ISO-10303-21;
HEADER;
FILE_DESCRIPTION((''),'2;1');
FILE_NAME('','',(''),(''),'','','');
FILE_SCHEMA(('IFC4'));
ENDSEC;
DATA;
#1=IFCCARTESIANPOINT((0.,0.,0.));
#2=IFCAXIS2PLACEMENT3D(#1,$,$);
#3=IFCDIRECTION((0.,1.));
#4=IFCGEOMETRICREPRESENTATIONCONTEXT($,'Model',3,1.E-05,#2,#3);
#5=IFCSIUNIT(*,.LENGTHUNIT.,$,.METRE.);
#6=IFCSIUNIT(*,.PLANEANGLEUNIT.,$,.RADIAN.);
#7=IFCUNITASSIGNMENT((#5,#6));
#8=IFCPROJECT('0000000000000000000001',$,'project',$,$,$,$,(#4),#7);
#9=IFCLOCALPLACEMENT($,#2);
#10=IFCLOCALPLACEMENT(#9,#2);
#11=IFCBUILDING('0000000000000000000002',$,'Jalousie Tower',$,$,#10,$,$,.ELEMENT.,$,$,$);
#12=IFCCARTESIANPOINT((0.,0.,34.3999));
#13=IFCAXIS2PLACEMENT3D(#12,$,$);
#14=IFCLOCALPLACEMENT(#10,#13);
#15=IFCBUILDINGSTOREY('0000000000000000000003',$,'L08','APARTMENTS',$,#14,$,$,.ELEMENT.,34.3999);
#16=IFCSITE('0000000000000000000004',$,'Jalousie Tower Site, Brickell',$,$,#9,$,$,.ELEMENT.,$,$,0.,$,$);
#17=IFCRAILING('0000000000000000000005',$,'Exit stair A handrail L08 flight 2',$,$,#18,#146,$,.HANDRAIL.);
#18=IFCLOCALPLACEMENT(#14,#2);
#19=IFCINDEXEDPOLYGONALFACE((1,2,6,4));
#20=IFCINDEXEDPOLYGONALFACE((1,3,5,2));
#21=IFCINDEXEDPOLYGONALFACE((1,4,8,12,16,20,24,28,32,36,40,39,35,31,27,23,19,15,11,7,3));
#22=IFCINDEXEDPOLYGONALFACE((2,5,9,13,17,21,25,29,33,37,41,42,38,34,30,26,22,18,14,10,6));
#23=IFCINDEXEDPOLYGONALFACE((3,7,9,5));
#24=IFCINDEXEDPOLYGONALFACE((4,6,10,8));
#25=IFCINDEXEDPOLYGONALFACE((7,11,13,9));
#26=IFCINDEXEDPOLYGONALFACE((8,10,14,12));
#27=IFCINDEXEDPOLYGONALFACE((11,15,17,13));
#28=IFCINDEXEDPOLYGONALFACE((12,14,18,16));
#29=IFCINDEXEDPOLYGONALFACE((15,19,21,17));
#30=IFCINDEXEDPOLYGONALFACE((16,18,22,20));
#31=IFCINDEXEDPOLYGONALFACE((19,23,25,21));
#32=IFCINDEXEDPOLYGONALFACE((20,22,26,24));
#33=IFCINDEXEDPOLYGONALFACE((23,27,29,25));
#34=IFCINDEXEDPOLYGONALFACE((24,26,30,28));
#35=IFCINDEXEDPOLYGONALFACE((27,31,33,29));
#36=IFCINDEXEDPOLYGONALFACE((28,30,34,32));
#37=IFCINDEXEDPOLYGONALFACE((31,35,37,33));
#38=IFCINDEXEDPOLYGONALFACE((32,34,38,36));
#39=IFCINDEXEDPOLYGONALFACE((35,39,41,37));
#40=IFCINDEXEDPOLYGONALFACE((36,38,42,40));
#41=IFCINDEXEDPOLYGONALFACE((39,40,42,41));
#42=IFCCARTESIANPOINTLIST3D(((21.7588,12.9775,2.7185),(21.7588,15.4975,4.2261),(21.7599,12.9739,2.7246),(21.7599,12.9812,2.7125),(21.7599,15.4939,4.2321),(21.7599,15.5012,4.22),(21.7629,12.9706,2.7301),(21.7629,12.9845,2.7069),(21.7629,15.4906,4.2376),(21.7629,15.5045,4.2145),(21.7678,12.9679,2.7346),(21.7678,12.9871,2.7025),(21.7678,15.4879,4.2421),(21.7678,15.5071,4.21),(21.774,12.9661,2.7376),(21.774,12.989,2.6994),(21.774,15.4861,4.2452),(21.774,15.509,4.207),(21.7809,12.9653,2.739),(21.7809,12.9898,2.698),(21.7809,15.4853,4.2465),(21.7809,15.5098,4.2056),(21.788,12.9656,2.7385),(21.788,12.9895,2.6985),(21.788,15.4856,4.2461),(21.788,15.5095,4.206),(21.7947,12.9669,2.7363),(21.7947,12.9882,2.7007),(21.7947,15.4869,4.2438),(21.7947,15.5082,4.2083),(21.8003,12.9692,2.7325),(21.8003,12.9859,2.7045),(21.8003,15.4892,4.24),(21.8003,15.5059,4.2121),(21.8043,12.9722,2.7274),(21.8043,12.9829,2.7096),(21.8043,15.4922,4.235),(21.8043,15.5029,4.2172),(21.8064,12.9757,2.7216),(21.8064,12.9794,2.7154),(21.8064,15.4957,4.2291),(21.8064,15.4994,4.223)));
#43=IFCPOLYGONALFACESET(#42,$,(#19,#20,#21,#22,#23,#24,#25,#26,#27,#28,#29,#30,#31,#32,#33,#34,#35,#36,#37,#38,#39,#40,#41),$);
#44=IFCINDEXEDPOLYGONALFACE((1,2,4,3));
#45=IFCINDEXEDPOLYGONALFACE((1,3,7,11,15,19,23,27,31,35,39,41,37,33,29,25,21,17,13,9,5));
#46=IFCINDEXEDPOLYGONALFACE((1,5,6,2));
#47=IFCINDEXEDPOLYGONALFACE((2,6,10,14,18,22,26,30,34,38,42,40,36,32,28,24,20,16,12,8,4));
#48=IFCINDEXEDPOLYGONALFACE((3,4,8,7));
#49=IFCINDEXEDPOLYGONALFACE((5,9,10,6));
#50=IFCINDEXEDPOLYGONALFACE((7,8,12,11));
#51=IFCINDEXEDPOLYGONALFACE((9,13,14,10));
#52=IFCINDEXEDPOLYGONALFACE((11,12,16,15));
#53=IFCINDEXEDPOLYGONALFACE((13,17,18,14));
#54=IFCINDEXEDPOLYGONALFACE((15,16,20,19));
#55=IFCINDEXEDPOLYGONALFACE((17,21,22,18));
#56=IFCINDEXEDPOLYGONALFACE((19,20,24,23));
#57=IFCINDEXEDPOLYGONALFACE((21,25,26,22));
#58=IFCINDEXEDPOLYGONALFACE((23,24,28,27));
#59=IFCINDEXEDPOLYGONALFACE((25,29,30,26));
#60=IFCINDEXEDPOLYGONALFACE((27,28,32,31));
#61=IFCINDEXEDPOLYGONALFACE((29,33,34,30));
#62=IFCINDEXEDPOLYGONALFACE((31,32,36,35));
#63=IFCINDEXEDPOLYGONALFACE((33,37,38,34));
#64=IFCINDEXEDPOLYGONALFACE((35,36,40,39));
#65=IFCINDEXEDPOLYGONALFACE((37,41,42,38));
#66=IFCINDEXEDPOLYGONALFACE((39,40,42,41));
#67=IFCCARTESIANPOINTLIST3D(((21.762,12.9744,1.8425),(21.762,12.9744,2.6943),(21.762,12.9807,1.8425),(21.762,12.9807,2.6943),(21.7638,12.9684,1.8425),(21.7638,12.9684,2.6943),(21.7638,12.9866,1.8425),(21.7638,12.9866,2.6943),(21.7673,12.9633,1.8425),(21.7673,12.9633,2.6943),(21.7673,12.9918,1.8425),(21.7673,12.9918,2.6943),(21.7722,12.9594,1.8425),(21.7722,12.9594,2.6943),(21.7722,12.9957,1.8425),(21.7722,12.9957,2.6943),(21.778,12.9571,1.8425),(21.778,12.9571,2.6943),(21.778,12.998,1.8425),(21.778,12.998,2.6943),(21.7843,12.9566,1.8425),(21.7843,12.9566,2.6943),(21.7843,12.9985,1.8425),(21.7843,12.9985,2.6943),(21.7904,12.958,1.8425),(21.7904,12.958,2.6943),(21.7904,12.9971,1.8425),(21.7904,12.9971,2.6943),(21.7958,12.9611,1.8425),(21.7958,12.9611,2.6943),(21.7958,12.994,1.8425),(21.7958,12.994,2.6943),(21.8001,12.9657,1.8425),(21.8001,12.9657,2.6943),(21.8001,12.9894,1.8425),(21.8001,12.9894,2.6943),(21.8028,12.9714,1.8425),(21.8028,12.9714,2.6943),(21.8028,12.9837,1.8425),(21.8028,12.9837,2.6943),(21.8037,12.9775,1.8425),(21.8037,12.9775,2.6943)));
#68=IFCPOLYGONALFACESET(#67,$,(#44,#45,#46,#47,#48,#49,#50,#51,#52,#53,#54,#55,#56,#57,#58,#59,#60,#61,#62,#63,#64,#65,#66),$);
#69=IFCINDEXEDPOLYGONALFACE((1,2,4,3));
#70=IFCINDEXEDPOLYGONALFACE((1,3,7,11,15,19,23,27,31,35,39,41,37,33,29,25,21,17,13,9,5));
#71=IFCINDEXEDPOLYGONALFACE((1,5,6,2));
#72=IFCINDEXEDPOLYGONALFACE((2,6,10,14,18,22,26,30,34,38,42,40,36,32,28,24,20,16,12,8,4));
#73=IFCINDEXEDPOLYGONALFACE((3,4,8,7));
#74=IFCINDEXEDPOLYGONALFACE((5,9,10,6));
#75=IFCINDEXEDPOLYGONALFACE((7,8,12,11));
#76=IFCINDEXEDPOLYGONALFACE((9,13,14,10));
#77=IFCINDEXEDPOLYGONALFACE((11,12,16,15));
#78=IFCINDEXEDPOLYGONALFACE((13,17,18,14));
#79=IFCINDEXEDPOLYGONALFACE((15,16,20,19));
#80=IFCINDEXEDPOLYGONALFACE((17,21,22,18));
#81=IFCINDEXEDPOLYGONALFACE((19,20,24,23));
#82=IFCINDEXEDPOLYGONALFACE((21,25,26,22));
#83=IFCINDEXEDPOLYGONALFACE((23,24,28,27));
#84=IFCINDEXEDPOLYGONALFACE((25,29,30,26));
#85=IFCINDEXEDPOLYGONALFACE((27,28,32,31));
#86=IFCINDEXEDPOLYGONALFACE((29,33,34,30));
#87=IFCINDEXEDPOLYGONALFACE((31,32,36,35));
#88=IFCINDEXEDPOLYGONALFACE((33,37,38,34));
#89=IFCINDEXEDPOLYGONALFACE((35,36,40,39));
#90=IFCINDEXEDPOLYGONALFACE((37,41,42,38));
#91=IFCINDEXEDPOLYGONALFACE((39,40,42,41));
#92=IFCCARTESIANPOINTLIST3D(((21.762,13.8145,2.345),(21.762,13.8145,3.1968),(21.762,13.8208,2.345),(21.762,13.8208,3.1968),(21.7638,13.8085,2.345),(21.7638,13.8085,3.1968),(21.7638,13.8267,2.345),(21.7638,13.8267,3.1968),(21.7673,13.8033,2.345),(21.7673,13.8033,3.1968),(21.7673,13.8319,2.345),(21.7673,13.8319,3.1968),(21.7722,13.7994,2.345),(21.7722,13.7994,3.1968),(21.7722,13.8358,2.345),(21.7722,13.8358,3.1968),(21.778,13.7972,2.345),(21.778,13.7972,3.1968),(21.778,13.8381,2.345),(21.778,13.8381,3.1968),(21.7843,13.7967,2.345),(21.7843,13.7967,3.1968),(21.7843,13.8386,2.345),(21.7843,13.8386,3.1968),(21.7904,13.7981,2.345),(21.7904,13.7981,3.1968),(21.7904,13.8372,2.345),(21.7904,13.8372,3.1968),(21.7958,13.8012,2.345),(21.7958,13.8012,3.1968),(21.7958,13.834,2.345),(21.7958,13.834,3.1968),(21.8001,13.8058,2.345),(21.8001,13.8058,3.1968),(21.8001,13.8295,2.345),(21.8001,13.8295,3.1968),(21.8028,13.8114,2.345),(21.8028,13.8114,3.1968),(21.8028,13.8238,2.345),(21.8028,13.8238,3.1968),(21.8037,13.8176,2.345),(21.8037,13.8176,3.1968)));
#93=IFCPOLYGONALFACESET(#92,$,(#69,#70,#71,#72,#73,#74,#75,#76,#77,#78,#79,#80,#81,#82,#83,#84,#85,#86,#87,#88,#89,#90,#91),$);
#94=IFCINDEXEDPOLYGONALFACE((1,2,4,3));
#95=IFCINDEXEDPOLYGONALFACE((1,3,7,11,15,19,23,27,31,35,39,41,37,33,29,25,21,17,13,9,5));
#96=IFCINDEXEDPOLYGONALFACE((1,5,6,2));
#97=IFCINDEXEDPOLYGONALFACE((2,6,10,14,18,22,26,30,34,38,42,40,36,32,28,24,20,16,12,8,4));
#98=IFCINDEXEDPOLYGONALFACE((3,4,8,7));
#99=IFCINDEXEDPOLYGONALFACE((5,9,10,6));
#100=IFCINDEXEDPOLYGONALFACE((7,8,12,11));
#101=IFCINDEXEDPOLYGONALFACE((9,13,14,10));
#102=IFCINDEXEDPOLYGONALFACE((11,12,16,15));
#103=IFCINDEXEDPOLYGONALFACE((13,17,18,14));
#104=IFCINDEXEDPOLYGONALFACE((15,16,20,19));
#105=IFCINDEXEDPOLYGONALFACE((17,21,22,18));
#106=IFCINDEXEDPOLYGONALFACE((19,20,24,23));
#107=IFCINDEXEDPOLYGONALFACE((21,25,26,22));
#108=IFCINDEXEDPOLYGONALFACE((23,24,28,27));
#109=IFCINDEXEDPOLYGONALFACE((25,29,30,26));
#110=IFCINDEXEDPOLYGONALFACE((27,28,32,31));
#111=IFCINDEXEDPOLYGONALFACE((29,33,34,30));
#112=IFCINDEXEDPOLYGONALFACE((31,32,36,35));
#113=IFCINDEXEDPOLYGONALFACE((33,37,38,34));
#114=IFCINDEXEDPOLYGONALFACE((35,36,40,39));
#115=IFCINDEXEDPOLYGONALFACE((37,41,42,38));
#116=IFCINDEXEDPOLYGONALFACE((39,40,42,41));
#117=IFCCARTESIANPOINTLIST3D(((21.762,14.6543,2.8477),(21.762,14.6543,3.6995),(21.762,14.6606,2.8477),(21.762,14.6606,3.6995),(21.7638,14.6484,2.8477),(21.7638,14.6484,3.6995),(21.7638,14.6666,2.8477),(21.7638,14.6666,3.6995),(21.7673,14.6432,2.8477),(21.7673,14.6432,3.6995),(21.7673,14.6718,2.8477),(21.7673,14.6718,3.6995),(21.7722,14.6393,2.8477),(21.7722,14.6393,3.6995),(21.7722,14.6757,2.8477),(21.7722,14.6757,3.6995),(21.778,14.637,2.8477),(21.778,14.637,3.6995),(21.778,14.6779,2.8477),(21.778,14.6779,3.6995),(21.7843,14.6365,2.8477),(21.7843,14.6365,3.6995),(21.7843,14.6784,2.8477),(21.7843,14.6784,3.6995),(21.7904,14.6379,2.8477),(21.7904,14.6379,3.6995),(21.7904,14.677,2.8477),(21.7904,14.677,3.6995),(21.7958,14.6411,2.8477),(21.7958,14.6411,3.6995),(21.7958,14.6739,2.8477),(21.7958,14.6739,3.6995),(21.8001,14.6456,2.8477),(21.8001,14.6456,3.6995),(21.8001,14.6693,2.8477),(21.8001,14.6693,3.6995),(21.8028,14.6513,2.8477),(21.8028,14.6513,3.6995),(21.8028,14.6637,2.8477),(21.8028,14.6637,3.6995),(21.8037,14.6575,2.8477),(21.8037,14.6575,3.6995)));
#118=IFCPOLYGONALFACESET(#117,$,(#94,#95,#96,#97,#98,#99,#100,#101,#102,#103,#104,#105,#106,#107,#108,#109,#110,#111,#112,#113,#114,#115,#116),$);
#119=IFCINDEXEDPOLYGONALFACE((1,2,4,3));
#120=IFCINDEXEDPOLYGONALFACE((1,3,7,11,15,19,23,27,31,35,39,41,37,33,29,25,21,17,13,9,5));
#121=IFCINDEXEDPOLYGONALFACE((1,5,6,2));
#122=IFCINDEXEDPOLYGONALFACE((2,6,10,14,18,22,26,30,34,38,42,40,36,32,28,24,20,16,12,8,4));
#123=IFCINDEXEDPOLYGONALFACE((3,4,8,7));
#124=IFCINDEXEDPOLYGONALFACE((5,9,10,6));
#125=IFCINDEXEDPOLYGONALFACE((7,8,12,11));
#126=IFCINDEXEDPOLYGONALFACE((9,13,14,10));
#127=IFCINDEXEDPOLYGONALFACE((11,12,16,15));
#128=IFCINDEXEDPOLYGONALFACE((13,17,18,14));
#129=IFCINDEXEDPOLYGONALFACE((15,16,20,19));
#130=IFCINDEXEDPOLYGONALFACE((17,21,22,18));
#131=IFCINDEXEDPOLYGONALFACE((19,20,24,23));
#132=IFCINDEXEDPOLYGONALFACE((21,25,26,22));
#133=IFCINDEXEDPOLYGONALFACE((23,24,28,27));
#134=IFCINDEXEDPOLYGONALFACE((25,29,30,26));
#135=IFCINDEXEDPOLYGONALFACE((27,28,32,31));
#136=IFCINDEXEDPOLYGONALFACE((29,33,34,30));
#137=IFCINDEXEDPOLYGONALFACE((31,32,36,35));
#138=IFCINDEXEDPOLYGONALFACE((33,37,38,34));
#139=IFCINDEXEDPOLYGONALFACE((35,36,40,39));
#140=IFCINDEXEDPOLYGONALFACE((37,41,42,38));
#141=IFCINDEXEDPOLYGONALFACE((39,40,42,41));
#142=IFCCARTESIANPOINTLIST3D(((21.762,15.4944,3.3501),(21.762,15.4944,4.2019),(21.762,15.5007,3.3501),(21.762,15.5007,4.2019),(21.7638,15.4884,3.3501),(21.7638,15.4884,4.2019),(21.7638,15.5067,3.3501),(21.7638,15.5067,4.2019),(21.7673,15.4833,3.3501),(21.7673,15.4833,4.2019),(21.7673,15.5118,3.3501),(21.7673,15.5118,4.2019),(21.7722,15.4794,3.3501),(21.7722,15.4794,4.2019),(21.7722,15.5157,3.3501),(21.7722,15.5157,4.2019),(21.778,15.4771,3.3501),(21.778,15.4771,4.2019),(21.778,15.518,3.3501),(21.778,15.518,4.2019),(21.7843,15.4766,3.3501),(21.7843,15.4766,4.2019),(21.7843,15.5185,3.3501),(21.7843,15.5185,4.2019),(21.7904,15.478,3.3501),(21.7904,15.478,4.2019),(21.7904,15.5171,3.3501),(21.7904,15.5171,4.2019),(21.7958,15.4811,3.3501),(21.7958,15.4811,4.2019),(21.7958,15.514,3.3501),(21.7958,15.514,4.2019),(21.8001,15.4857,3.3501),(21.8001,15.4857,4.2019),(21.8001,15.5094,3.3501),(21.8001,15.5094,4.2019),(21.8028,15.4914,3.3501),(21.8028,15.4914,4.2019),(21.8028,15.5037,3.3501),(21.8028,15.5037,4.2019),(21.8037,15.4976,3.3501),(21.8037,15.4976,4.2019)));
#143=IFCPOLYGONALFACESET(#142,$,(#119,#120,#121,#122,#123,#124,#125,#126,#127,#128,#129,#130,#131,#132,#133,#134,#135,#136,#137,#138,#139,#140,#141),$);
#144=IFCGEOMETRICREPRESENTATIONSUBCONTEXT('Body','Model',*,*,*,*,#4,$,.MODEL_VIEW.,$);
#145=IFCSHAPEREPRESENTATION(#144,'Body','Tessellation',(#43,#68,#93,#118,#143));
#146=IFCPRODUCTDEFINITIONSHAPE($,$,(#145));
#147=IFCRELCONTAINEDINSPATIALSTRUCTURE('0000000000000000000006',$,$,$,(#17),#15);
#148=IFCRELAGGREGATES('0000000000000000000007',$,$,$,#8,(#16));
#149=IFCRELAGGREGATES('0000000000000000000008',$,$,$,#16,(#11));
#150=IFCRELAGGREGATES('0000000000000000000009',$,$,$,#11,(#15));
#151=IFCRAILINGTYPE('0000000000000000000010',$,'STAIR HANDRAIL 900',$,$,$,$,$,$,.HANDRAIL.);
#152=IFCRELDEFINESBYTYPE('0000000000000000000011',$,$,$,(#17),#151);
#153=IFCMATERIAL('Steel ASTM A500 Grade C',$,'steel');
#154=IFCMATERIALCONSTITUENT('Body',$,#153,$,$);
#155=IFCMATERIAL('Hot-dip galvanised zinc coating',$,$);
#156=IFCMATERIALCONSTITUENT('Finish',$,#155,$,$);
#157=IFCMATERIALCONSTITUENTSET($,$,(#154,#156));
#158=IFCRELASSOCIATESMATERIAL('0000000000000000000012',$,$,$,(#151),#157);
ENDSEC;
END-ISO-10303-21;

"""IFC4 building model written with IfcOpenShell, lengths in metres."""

from ifc_helpers import new_model, si_unit, direction, frame, origin, origin_2d, place, context, subcontext, project, spatial, circle, extrude, material, constituent, constituent_set, type_object, element, save


model = new_model("IFC4")

# Units and contexts
model_context = context("Model", 3, precision=1e-05, world=origin(), true_north=direction((0.0, 1.0)))
body_context = subcontext(model_context, "Body", "Model", "MODEL_VIEW")
ifc_project = project(units=[si_unit("LENGTHUNIT", "METRE"), si_unit("PLANEANGLEUNIT", "RADIAN")], contexts=[model_context])

# Site, building, storey
site_placement = place(None, origin())
site = spatial("IfcSite", under=ifc_project, at=site_placement, Name="Jalousie Tower Site, Brickell", CompositionType="ELEMENT", RefElevation=0.0)
building_placement = place(site_placement, origin())
building = spatial("IfcBuilding", under=site, at=building_placement, Name="Jalousie Tower", CompositionType="ELEMENT")
storey_placement = place(building_placement, frame((0.0, 0.0, 34.3999)))
storey = spatial("IfcBuildingStorey", under=building, at=storey_placement, Name="L08", Description="APARTMENTS", CompositionType="ELEMENT", Elevation=34.3999)

# Railing
ifc_material_1 = material(Name="Steel ASTM A500 Grade C", Category="steel")
ifc_constituent_1 = constituent(ifc_material_1, Name="Body")
ifc_material_2 = material(Name="Hot-dip galvanised zinc coating")
ifc_constituent_2 = constituent(ifc_material_2, Name="Finish")
ifc_constituent_set_1 = constituent_set(constituents=[ifc_constituent_1, ifc_constituent_2])
railing_type_1 = type_object("IfcRailingType", Name="STAIR HANDRAIL 900", PredefinedType="HANDRAIL", material=ifc_constituent_set_1)
railing_1_placement = place(storey_placement, frame((21.7827, 12.9775, 1.8425)))
element("IfcRailing", 1, at=railing_1_placement, inside=storey, type_object=railing_type_1, Name="Exit stair A handrail L08 flight 2", PredefinedType="HANDRAIL", context=body_context, shape_type="SweptSolid", body=[
    extrude(circle(Radius=0.0239, at=origin_2d()), frame((0.0, 0.0, 0.876), z_axis=(0.0, 0.85816, 0.513383), x_axis=(-1.0, 0.0, 0.0)), (0.0, 0.0, 1.0), 2.9365),
    extrude(circle(Radius=0.021, at=origin_2d()), origin(), (0.0, 0.0, 1.0), 0.8518),
    extrude(circle(Radius=0.021, at=origin_2d()), frame((0.0, 0.8401, 0.5024)), (0.0, 0.0, 1.0), 0.8518),
    extrude(circle(Radius=0.021, at=origin_2d()), frame((0.0, 1.6799, 1.0051)), (0.0, 0.0, 1.0), 0.8518),
    extrude(circle(Radius=0.021, at=origin_2d()), frame((0.0, 2.52, 1.5076)), (0.0, 0.0, 1.0), 0.8518),
])

save(model, "model.ifc")
